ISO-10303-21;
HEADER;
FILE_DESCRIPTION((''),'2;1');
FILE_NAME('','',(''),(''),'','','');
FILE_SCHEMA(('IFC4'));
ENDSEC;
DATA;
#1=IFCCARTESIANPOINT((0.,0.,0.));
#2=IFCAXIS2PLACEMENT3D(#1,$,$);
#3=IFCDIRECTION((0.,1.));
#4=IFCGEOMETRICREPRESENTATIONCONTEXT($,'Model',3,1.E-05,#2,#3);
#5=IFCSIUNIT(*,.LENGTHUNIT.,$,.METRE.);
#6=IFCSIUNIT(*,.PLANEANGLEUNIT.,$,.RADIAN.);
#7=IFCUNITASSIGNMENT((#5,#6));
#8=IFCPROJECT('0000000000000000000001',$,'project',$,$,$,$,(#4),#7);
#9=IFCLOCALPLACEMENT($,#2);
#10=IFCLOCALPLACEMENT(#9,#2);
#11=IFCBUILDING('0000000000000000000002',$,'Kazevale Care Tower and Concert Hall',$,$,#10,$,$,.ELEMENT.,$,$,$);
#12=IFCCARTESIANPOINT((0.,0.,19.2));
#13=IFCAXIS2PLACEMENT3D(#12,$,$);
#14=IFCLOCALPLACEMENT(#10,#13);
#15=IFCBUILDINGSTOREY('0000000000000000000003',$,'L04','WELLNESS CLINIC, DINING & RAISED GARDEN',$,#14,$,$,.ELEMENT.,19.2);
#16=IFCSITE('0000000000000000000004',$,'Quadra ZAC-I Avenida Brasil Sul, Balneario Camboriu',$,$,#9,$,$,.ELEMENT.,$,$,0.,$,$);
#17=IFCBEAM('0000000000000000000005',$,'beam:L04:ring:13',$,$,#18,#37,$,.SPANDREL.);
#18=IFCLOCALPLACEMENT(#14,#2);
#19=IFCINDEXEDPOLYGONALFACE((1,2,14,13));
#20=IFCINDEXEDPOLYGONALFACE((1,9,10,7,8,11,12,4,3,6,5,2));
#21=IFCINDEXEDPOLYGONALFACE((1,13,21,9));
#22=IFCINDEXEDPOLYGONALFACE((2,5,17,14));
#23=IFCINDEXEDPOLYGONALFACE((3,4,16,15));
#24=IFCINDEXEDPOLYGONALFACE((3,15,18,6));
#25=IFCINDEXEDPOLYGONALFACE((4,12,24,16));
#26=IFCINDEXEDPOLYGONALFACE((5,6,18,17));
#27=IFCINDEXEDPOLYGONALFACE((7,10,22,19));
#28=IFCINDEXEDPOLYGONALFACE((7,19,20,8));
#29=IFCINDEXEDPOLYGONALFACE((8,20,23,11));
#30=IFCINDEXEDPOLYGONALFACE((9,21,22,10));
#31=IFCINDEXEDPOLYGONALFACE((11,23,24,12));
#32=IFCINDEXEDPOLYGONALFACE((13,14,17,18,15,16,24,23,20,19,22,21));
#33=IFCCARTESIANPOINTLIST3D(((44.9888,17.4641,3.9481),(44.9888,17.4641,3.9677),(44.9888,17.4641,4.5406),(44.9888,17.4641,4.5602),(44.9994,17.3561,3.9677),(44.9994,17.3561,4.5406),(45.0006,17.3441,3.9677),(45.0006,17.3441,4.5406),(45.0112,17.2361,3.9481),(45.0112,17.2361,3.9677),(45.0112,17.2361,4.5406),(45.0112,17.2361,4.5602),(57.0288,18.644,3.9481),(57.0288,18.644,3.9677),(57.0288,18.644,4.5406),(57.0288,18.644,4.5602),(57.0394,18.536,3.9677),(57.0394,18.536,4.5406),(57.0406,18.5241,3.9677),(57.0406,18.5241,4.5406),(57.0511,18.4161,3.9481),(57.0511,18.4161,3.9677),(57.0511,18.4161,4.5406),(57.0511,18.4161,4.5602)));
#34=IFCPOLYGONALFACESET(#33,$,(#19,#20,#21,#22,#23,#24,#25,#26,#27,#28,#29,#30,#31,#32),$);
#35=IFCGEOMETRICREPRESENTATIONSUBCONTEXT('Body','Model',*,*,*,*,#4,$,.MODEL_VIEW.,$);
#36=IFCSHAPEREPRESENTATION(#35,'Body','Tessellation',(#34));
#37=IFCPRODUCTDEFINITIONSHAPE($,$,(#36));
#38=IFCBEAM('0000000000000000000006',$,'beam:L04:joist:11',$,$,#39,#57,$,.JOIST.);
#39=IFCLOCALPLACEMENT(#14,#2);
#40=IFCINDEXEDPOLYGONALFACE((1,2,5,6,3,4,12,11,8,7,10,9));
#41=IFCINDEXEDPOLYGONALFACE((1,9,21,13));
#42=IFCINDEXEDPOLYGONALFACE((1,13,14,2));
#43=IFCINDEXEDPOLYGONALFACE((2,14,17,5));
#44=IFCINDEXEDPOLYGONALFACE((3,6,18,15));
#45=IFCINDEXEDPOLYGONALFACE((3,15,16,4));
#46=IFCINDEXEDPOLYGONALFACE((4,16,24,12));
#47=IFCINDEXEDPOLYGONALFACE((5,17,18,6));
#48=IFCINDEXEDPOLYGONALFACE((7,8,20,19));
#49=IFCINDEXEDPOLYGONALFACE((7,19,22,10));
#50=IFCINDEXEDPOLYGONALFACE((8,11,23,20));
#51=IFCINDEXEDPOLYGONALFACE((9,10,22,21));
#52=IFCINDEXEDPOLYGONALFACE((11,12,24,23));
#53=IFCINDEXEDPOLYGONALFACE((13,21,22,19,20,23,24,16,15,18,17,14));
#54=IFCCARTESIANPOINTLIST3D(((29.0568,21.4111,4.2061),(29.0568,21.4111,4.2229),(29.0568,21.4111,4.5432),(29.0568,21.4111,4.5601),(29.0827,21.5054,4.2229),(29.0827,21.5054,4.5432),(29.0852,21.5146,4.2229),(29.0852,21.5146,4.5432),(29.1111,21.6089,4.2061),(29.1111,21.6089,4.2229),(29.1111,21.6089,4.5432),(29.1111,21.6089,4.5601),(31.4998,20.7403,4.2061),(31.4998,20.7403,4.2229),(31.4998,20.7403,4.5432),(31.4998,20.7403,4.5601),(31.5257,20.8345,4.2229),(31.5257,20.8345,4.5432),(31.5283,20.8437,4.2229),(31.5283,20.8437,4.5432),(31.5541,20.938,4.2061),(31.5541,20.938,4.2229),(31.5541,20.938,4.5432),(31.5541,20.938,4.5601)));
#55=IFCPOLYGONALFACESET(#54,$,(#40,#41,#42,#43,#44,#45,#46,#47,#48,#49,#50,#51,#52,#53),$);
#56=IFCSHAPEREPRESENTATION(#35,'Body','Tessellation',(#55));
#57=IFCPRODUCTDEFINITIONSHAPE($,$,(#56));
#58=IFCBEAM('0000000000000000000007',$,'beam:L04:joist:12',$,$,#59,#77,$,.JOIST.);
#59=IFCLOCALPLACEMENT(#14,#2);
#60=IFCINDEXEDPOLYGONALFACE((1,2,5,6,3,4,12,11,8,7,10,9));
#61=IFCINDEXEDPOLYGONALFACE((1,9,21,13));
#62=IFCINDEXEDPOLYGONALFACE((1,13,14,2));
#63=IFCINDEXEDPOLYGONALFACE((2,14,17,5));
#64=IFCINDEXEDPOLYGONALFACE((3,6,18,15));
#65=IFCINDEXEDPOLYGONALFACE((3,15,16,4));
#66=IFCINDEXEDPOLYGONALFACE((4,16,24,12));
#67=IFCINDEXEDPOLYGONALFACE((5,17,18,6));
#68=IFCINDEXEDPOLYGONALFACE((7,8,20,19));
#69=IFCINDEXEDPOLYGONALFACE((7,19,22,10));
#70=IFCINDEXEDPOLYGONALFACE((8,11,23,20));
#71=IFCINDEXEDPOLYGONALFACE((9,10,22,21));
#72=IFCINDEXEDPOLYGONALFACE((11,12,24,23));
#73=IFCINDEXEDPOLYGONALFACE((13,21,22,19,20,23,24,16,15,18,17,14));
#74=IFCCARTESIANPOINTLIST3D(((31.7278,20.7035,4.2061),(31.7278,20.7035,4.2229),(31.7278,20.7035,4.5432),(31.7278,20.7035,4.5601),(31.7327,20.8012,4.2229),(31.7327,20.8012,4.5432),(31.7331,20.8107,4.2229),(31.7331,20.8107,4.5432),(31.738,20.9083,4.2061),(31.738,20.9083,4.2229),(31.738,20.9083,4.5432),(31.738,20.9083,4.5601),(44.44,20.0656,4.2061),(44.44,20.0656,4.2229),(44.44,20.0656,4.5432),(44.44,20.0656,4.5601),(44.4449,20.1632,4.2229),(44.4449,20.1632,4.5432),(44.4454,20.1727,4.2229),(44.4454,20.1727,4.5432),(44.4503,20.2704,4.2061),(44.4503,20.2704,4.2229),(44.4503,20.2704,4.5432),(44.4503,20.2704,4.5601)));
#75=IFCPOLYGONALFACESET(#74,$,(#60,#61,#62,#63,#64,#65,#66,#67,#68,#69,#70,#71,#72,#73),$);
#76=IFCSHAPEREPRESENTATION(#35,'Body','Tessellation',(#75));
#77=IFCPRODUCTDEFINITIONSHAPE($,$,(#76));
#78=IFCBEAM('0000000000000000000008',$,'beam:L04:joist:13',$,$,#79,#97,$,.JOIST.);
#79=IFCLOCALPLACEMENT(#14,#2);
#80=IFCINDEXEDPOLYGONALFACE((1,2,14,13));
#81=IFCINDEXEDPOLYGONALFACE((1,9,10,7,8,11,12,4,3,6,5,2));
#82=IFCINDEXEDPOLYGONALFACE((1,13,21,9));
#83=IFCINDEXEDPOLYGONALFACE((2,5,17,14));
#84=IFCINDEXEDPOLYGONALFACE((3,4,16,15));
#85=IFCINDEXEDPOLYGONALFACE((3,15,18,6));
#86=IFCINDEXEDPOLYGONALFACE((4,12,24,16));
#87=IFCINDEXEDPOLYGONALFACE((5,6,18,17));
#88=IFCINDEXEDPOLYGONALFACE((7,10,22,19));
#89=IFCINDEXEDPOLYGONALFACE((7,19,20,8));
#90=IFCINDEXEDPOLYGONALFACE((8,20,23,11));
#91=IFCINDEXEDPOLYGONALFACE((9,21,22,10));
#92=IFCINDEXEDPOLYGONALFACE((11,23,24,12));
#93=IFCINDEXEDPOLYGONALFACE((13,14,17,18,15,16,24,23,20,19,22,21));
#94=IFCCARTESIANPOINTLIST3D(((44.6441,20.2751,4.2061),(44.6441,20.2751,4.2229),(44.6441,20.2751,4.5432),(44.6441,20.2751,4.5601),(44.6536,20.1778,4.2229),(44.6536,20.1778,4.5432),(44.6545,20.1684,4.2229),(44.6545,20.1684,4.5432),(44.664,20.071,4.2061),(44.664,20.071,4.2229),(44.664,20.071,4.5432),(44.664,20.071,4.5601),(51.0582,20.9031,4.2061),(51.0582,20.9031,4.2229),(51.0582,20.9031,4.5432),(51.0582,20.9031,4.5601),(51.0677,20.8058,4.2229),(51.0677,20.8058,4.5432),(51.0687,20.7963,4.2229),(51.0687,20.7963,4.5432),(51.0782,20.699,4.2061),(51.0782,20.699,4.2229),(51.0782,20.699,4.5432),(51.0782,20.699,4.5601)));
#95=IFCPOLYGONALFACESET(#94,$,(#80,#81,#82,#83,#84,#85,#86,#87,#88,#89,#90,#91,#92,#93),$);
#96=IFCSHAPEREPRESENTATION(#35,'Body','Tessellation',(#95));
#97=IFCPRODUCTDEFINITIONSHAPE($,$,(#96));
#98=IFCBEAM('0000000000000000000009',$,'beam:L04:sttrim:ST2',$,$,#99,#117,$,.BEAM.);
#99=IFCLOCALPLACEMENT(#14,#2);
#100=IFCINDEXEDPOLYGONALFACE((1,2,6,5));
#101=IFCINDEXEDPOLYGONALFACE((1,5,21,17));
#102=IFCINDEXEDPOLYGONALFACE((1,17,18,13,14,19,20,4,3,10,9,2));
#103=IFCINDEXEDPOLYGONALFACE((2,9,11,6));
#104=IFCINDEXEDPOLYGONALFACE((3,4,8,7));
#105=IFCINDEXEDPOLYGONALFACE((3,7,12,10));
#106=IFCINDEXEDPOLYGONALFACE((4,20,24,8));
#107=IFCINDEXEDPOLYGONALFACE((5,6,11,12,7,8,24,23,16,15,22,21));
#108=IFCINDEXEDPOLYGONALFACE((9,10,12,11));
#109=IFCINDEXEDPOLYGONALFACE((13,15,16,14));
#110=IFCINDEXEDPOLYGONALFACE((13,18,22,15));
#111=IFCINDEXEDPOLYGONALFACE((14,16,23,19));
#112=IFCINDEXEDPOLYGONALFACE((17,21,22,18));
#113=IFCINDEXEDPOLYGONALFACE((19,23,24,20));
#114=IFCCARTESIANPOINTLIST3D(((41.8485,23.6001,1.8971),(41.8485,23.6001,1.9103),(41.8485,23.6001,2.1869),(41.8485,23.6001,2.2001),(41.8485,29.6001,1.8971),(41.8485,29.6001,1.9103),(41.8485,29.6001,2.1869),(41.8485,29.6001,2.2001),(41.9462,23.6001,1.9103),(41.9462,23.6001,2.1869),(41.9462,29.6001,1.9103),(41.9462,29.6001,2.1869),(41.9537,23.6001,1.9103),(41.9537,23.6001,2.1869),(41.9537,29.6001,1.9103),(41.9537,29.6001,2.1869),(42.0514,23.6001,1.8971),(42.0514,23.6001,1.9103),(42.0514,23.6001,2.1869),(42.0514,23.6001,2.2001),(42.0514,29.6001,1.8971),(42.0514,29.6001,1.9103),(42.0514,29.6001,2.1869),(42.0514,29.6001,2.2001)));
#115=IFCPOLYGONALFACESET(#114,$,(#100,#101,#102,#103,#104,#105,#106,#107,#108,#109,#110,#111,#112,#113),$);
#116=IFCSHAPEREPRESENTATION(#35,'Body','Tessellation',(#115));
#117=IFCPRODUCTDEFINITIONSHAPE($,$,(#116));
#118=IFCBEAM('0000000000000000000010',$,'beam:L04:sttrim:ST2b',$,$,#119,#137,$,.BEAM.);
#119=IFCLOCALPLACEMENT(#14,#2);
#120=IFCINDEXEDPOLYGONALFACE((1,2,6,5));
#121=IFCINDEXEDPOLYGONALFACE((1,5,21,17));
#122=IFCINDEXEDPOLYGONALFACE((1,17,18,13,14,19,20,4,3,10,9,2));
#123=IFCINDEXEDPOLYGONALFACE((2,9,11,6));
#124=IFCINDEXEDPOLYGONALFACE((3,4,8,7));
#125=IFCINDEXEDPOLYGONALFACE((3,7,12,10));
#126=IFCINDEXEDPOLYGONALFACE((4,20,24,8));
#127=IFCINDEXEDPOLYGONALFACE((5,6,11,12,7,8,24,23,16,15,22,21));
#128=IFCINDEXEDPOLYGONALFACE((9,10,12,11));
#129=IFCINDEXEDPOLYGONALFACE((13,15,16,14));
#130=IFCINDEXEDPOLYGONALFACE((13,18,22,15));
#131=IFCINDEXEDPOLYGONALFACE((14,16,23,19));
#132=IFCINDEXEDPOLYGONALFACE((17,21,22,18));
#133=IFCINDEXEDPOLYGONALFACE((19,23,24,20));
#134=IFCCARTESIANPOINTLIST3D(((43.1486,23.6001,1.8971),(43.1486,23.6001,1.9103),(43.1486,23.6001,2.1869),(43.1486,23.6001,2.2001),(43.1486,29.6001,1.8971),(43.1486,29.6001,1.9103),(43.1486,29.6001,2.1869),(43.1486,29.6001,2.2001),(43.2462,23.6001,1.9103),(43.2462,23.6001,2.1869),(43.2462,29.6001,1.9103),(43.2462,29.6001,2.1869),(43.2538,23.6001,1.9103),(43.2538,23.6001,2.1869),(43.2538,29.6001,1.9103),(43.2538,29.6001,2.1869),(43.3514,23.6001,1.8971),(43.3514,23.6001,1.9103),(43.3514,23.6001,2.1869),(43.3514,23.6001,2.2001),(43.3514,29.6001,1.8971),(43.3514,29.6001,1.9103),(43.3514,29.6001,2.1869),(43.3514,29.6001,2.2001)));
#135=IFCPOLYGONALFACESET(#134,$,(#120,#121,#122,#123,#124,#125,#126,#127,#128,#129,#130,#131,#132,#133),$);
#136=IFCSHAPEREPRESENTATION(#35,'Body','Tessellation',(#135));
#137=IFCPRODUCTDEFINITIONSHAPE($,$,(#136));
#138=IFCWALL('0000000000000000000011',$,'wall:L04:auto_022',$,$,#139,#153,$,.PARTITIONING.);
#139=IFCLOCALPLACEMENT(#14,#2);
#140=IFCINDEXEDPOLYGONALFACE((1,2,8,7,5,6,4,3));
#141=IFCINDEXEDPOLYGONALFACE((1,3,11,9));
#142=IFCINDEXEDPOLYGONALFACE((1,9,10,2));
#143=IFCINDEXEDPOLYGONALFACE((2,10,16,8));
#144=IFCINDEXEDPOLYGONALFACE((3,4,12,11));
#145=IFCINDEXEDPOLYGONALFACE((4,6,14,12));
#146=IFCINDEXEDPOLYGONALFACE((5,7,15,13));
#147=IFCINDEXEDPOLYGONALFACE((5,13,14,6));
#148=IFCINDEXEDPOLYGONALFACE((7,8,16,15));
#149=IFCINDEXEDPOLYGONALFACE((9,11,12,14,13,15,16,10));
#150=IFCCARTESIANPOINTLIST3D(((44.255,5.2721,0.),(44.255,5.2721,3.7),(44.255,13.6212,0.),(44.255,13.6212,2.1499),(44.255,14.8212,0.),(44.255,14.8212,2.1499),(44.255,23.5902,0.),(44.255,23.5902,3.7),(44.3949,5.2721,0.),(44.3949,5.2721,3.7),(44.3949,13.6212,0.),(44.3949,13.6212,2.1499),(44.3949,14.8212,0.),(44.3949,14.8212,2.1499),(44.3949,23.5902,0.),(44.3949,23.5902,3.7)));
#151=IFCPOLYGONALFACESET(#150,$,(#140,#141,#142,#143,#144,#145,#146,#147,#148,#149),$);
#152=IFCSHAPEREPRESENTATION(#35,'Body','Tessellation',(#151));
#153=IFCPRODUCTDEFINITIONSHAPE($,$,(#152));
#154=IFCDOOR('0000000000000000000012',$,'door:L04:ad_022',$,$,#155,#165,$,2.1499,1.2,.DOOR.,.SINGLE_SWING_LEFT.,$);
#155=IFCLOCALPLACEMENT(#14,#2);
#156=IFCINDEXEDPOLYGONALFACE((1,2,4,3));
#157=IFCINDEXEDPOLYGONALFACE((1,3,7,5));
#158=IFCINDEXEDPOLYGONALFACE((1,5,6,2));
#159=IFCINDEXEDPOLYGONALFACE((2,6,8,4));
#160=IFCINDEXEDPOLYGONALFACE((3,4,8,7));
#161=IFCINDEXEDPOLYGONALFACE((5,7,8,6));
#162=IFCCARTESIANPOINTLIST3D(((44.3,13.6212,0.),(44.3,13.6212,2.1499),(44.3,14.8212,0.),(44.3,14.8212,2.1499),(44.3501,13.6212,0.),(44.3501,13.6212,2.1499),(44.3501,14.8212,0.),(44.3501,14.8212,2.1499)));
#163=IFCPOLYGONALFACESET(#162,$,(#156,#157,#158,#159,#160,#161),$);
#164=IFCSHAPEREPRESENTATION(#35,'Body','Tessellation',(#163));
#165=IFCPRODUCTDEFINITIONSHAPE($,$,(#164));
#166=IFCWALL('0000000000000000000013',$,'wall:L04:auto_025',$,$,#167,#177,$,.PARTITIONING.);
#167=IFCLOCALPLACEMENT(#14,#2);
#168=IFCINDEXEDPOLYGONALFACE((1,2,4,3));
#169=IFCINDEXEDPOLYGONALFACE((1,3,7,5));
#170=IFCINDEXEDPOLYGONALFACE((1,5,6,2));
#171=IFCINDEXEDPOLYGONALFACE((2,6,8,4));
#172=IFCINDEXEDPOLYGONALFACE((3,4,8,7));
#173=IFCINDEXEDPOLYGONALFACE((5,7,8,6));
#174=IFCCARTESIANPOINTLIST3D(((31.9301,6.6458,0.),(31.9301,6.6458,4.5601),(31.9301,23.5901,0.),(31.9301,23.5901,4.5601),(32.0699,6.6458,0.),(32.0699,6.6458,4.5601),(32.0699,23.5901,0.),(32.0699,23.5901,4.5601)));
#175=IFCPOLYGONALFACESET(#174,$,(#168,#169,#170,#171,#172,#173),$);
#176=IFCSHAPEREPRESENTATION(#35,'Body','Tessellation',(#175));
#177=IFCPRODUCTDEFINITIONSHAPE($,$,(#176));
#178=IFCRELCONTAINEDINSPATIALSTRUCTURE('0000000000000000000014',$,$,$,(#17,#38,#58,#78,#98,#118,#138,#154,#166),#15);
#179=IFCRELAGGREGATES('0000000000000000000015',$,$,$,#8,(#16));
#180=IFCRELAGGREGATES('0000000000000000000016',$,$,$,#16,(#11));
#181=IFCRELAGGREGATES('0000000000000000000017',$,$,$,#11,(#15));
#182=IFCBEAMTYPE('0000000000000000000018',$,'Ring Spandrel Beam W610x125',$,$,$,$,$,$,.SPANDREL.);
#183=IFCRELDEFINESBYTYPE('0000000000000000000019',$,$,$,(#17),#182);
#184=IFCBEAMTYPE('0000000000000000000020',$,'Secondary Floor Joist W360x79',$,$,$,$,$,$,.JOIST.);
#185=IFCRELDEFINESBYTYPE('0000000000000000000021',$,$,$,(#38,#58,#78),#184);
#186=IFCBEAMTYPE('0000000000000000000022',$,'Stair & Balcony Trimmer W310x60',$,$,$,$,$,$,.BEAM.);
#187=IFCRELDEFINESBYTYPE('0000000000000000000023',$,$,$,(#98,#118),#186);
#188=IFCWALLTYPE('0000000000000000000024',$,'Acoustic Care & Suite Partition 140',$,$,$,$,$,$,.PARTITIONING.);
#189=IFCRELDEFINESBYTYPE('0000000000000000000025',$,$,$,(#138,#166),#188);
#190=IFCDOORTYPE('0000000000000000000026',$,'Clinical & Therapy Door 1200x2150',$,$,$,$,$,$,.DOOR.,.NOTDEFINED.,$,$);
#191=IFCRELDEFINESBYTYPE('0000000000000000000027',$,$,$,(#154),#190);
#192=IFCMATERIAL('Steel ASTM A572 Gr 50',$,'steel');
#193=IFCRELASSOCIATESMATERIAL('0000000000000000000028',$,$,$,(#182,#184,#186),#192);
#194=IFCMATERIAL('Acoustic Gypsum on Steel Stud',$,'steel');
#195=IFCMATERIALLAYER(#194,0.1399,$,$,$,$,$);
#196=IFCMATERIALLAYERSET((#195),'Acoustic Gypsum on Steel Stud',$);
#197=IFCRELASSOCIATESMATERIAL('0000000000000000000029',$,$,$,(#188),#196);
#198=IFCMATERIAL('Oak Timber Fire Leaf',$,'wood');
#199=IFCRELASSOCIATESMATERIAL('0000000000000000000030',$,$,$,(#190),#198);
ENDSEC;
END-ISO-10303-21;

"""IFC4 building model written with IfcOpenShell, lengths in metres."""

from ifc_helpers import new_model, si_unit, direction, frame, frame_2d, origin, origin_2d, place, context, subcontext, project, spatial, rectangle, i_section, extrude, material, layer, layer_set, material_profile, profile_set, type_object, element, fill, save


model = new_model("IFC4")

# Units and contexts
model_context = context("Model", 3, precision=1e-05, world=origin(), true_north=direction((0.0, 1.0)))
body_context = subcontext(model_context, "Body", "Model", "MODEL_VIEW")
ifc_project = project(units=[si_unit("LENGTHUNIT", "METRE"), si_unit("PLANEANGLEUNIT", "RADIAN")], contexts=[model_context])

# Site, building, storey
site_placement = place(None, origin())
site = spatial("IfcSite", under=ifc_project, at=site_placement, Name="Quadra ZAC-I Avenida Brasil Sul, Balneario Camboriu", CompositionType="ELEMENT", RefElevation=0.0)
building_placement = place(site_placement, origin())
building = spatial("IfcBuilding", under=site, at=building_placement, Name="Kazevale Care Tower and Concert Hall", CompositionType="ELEMENT")
storey_placement = place(building_placement, frame((0.0, 0.0, 19.2)))
storey = spatial("IfcBuildingStorey", under=building, at=storey_placement, Name="L04", Description="WELLNESS CLINIC, DINING & RAISED GARDEN", CompositionType="ELEMENT", Elevation=19.2)

# Beams
ifc_material_1 = material(Name="Steel ASTM A572 Gr 50", Category="steel")
ifc_material_profile_1 = material_profile(ifc_material_1, i_section(OverallWidth=0.229, OverallDepth=0.6121, WebThickness=0.012, FlangeThickness=0.0195, at=origin_2d()), Name="W610x125")
ifc_profile_set_1 = profile_set([ifc_material_profile_1], Name="Steel ASTM A572 Gr 50")
beam_type_1 = type_object("IfcBeamType", Name="Ring Spandrel Beam W610x125", PredefinedType="SPANDREL", material=ifc_profile_set_1)
for number, where, z_axis, x_axis, name in (
    (1, (45.0, 17.3501, 4.2542), (0.995232, 0.097533, 0.0), (-0.097533, 0.995232, 0.0), "beam:L04:ring:13"),
):
    element("IfcBeam", number, at=place(storey_placement, frame(where, z_axis=z_axis, x_axis=x_axis)), inside=storey, type_object=beam_type_1, Name=name, PredefinedType="SPANDREL", context=body_context, shape_type="SweptSolid", body=[
        extrude(i_section(OverallWidth=0.229, OverallDepth=0.6121, WebThickness=0.012, FlangeThickness=0.0195, at=origin_2d()), origin(), (0.0, 0.0, 1.0), 12.0977),
    ])
ifc_material_profile_2 = material_profile(ifc_material_1, i_section(OverallWidth=0.2051, OverallDepth=0.354, WebThickness=0.0095, FlangeThickness=0.0168, at=origin_2d()), Name="W360x79")
ifc_profile_set_2 = profile_set([ifc_material_profile_2], Name="Steel ASTM A572 Gr 50")
beam_type_2 = type_object("IfcBeamType", Name="Secondary Floor Joist W360x79", PredefinedType="JOIST", material=ifc_profile_set_2)
beam_1_placement = place(storey_placement, frame((29.084, 21.51, 4.3831), z_axis=(0.964302, -0.264805, 0.0), x_axis=(0.264805, 0.964302, 0.0)))
element("IfcBeam", 2, at=beam_1_placement, inside=storey, type_object=beam_type_2, Name="beam:L04:joist:11", PredefinedType="JOIST", context=body_context, shape_type="SweptSolid", body=[
    extrude(i_section(OverallWidth=0.2051, OverallDepth=0.354, WebThickness=0.0095, FlangeThickness=0.0168, at=origin_2d()), origin(), (0.0, 0.0, 1.0), 2.5334),
])
beam_2_placement = place(storey_placement, frame((31.7329, 20.8059, 4.3831), z_axis=(0.998743, -0.05012, 0.0), x_axis=(0.05012, 0.998743, 0.0)))
element("IfcBeam", 3, at=beam_2_placement, inside=storey, type_object=beam_type_2, Name="beam:L04:joist:12", PredefinedType="JOIST", context=body_context, shape_type="SweptSolid", body=[
    extrude(i_section(OverallWidth=0.2051, OverallDepth=0.354, WebThickness=0.0095, FlangeThickness=0.0168, at=origin_2d()), origin(), (0.0, 0.0, 1.0), 12.7283),
])
beam_3_placement = place(storey_placement, frame((44.6541, 20.1731, 4.3831), z_axis=(0.995242, 0.097433, 0.0), x_axis=(-0.097433, 0.995242, 0.0)))
element("IfcBeam", 4, at=beam_3_placement, inside=storey, type_object=beam_type_2, Name="beam:L04:joist:13", PredefinedType="JOIST", context=body_context, shape_type="SweptSolid", body=[
    extrude(i_section(OverallWidth=0.2051, OverallDepth=0.354, WebThickness=0.0095, FlangeThickness=0.0168, at=origin_2d()), origin(), (0.0, 0.0, 1.0), 6.4448),
])
ifc_material_profile_3 = material_profile(ifc_material_1, i_section(OverallWidth=0.2029, OverallDepth=0.303, WebThickness=0.0076, FlangeThickness=0.0132, at=origin_2d()), Name="W310x60")
ifc_profile_set_3 = profile_set([ifc_material_profile_3], Name="Steel ASTM A572 Gr 50")
beam_type_3 = type_object("IfcBeamType", Name="Stair & Balcony Trimmer W310x60", PredefinedType="BEAM", material=ifc_profile_set_3)
for number, where, z_axis, x_axis, name in (
    (5, (41.95, 23.6001, 2.0486), (0.0, 1.0, 0.0), (-1.0, 0.0, 0.0), "beam:L04:sttrim:ST2"),
    (6, (43.25, 23.6001, 2.0486), (0.0, 1.0, 0.0), (-1.0, 0.0, 0.0), "beam:L04:sttrim:ST2b"),
):
    element("IfcBeam", number, at=place(storey_placement, frame(where, z_axis=z_axis, x_axis=x_axis)), inside=storey, type_object=beam_type_3, Name=name, PredefinedType="BEAM", context=body_context, shape_type="SweptSolid", body=[
        extrude(i_section(OverallWidth=0.2029, OverallDepth=0.303, WebThickness=0.0076, FlangeThickness=0.0132, at=origin_2d()), origin(), (0.0, 0.0, 1.0), 6.0),
    ])

# Wall, opening, door
ifc_material_2 = material(Name="Acoustic Gypsum on Steel Stud", Category="steel")
ifc_layer_1 = layer(ifc_material_2, 0.1399)
ifc_layer_set_1 = layer_set([ifc_layer_1], Name="Acoustic Gypsum on Steel Stud")
wall_type_1 = type_object("IfcWallType", Name="Acoustic Care & Suite Partition 140", PredefinedType="PARTITIONING", material=ifc_layer_set_1)
wall_1_placement = place(storey_placement, frame((44.325, 5.272, 0.0), z_axis=(0.0, 0.0, 1.0), x_axis=(0.0, 1.0, 0.0)))
wall_1 = element("IfcWall", 7, at=wall_1_placement, inside=storey, type_object=wall_type_1, Name="wall:L04:auto_022", PredefinedType="PARTITIONING", context=body_context, shape_type="SweptSolid", body=[
    extrude(rectangle(XDim=18.3181, YDim=0.1399, at=frame_2d((9.1592, 0.0))), origin(), (0.0, 0.0, 1.0), 3.7),
])
opening_1_placement = place(wall_1_placement, frame((8.3491, 0.0, 0.0)))
opening_1 = element("IfcOpeningElement", 8, at=opening_1_placement, cuts=wall_1, PredefinedType="OPENING", context=body_context, shape_type="SweptSolid", body=[
    extrude(rectangle(XDim=1.2, YDim=2.1499, at=frame_2d((0.6001, 1.075))), frame((0.0, 0.0798, 0.0), z_axis=(0.0, -1.0, 0.0), x_axis=(1.0, 0.0, 0.0)), (0.0, 0.0, 1.0), 0.1599),
])
ifc_material_3 = material(Name="Oak Timber Fire Leaf", Category="wood")
door_type = type_object("IfcDoorType", Name="Clinical & Therapy Door 1200x2150", OperationType="NOTDEFINED", PredefinedType="DOOR", material=ifc_material_3)
door_placement = place(opening_1_placement, origin())
door = element("IfcDoor", 9, at=door_placement, inside=storey, type_object=door_type, Name="door:L04:ad_022", OperationType="SINGLE_SWING_LEFT", OverallHeight=2.1499, OverallWidth=1.2, PredefinedType="DOOR", context=body_context, shape_type="SweptSolid", body=[
    extrude(rectangle(XDim=1.2, YDim=2.1499, at=frame_2d((0.6001, 1.075))), frame((0.0, 0.0249, 0.0), z_axis=(0.0, -1.0, 0.0), x_axis=(1.0, 0.0, 0.0)), (0.0, 0.0, 1.0), 0.05),
])
fill(opening_1, door)

# Wall
wall_2_placement = place(storey_placement, frame((32.0, 23.5901, 0.0), z_axis=(0.0, 0.0, 1.0), x_axis=(0.0, -1.0, 0.0)))
element("IfcWall", 10, at=wall_2_placement, inside=storey, type_object=wall_type_1, Name="wall:L04:auto_025", PredefinedType="PARTITIONING", context=body_context, shape_type="SweptSolid", body=[
    extrude(rectangle(XDim=16.9443, YDim=0.1399, at=frame_2d((8.4722, 0.0))), origin(), (0.0, 0.0, 1.0), 4.5601),
])

save(model, "model.ifc")
